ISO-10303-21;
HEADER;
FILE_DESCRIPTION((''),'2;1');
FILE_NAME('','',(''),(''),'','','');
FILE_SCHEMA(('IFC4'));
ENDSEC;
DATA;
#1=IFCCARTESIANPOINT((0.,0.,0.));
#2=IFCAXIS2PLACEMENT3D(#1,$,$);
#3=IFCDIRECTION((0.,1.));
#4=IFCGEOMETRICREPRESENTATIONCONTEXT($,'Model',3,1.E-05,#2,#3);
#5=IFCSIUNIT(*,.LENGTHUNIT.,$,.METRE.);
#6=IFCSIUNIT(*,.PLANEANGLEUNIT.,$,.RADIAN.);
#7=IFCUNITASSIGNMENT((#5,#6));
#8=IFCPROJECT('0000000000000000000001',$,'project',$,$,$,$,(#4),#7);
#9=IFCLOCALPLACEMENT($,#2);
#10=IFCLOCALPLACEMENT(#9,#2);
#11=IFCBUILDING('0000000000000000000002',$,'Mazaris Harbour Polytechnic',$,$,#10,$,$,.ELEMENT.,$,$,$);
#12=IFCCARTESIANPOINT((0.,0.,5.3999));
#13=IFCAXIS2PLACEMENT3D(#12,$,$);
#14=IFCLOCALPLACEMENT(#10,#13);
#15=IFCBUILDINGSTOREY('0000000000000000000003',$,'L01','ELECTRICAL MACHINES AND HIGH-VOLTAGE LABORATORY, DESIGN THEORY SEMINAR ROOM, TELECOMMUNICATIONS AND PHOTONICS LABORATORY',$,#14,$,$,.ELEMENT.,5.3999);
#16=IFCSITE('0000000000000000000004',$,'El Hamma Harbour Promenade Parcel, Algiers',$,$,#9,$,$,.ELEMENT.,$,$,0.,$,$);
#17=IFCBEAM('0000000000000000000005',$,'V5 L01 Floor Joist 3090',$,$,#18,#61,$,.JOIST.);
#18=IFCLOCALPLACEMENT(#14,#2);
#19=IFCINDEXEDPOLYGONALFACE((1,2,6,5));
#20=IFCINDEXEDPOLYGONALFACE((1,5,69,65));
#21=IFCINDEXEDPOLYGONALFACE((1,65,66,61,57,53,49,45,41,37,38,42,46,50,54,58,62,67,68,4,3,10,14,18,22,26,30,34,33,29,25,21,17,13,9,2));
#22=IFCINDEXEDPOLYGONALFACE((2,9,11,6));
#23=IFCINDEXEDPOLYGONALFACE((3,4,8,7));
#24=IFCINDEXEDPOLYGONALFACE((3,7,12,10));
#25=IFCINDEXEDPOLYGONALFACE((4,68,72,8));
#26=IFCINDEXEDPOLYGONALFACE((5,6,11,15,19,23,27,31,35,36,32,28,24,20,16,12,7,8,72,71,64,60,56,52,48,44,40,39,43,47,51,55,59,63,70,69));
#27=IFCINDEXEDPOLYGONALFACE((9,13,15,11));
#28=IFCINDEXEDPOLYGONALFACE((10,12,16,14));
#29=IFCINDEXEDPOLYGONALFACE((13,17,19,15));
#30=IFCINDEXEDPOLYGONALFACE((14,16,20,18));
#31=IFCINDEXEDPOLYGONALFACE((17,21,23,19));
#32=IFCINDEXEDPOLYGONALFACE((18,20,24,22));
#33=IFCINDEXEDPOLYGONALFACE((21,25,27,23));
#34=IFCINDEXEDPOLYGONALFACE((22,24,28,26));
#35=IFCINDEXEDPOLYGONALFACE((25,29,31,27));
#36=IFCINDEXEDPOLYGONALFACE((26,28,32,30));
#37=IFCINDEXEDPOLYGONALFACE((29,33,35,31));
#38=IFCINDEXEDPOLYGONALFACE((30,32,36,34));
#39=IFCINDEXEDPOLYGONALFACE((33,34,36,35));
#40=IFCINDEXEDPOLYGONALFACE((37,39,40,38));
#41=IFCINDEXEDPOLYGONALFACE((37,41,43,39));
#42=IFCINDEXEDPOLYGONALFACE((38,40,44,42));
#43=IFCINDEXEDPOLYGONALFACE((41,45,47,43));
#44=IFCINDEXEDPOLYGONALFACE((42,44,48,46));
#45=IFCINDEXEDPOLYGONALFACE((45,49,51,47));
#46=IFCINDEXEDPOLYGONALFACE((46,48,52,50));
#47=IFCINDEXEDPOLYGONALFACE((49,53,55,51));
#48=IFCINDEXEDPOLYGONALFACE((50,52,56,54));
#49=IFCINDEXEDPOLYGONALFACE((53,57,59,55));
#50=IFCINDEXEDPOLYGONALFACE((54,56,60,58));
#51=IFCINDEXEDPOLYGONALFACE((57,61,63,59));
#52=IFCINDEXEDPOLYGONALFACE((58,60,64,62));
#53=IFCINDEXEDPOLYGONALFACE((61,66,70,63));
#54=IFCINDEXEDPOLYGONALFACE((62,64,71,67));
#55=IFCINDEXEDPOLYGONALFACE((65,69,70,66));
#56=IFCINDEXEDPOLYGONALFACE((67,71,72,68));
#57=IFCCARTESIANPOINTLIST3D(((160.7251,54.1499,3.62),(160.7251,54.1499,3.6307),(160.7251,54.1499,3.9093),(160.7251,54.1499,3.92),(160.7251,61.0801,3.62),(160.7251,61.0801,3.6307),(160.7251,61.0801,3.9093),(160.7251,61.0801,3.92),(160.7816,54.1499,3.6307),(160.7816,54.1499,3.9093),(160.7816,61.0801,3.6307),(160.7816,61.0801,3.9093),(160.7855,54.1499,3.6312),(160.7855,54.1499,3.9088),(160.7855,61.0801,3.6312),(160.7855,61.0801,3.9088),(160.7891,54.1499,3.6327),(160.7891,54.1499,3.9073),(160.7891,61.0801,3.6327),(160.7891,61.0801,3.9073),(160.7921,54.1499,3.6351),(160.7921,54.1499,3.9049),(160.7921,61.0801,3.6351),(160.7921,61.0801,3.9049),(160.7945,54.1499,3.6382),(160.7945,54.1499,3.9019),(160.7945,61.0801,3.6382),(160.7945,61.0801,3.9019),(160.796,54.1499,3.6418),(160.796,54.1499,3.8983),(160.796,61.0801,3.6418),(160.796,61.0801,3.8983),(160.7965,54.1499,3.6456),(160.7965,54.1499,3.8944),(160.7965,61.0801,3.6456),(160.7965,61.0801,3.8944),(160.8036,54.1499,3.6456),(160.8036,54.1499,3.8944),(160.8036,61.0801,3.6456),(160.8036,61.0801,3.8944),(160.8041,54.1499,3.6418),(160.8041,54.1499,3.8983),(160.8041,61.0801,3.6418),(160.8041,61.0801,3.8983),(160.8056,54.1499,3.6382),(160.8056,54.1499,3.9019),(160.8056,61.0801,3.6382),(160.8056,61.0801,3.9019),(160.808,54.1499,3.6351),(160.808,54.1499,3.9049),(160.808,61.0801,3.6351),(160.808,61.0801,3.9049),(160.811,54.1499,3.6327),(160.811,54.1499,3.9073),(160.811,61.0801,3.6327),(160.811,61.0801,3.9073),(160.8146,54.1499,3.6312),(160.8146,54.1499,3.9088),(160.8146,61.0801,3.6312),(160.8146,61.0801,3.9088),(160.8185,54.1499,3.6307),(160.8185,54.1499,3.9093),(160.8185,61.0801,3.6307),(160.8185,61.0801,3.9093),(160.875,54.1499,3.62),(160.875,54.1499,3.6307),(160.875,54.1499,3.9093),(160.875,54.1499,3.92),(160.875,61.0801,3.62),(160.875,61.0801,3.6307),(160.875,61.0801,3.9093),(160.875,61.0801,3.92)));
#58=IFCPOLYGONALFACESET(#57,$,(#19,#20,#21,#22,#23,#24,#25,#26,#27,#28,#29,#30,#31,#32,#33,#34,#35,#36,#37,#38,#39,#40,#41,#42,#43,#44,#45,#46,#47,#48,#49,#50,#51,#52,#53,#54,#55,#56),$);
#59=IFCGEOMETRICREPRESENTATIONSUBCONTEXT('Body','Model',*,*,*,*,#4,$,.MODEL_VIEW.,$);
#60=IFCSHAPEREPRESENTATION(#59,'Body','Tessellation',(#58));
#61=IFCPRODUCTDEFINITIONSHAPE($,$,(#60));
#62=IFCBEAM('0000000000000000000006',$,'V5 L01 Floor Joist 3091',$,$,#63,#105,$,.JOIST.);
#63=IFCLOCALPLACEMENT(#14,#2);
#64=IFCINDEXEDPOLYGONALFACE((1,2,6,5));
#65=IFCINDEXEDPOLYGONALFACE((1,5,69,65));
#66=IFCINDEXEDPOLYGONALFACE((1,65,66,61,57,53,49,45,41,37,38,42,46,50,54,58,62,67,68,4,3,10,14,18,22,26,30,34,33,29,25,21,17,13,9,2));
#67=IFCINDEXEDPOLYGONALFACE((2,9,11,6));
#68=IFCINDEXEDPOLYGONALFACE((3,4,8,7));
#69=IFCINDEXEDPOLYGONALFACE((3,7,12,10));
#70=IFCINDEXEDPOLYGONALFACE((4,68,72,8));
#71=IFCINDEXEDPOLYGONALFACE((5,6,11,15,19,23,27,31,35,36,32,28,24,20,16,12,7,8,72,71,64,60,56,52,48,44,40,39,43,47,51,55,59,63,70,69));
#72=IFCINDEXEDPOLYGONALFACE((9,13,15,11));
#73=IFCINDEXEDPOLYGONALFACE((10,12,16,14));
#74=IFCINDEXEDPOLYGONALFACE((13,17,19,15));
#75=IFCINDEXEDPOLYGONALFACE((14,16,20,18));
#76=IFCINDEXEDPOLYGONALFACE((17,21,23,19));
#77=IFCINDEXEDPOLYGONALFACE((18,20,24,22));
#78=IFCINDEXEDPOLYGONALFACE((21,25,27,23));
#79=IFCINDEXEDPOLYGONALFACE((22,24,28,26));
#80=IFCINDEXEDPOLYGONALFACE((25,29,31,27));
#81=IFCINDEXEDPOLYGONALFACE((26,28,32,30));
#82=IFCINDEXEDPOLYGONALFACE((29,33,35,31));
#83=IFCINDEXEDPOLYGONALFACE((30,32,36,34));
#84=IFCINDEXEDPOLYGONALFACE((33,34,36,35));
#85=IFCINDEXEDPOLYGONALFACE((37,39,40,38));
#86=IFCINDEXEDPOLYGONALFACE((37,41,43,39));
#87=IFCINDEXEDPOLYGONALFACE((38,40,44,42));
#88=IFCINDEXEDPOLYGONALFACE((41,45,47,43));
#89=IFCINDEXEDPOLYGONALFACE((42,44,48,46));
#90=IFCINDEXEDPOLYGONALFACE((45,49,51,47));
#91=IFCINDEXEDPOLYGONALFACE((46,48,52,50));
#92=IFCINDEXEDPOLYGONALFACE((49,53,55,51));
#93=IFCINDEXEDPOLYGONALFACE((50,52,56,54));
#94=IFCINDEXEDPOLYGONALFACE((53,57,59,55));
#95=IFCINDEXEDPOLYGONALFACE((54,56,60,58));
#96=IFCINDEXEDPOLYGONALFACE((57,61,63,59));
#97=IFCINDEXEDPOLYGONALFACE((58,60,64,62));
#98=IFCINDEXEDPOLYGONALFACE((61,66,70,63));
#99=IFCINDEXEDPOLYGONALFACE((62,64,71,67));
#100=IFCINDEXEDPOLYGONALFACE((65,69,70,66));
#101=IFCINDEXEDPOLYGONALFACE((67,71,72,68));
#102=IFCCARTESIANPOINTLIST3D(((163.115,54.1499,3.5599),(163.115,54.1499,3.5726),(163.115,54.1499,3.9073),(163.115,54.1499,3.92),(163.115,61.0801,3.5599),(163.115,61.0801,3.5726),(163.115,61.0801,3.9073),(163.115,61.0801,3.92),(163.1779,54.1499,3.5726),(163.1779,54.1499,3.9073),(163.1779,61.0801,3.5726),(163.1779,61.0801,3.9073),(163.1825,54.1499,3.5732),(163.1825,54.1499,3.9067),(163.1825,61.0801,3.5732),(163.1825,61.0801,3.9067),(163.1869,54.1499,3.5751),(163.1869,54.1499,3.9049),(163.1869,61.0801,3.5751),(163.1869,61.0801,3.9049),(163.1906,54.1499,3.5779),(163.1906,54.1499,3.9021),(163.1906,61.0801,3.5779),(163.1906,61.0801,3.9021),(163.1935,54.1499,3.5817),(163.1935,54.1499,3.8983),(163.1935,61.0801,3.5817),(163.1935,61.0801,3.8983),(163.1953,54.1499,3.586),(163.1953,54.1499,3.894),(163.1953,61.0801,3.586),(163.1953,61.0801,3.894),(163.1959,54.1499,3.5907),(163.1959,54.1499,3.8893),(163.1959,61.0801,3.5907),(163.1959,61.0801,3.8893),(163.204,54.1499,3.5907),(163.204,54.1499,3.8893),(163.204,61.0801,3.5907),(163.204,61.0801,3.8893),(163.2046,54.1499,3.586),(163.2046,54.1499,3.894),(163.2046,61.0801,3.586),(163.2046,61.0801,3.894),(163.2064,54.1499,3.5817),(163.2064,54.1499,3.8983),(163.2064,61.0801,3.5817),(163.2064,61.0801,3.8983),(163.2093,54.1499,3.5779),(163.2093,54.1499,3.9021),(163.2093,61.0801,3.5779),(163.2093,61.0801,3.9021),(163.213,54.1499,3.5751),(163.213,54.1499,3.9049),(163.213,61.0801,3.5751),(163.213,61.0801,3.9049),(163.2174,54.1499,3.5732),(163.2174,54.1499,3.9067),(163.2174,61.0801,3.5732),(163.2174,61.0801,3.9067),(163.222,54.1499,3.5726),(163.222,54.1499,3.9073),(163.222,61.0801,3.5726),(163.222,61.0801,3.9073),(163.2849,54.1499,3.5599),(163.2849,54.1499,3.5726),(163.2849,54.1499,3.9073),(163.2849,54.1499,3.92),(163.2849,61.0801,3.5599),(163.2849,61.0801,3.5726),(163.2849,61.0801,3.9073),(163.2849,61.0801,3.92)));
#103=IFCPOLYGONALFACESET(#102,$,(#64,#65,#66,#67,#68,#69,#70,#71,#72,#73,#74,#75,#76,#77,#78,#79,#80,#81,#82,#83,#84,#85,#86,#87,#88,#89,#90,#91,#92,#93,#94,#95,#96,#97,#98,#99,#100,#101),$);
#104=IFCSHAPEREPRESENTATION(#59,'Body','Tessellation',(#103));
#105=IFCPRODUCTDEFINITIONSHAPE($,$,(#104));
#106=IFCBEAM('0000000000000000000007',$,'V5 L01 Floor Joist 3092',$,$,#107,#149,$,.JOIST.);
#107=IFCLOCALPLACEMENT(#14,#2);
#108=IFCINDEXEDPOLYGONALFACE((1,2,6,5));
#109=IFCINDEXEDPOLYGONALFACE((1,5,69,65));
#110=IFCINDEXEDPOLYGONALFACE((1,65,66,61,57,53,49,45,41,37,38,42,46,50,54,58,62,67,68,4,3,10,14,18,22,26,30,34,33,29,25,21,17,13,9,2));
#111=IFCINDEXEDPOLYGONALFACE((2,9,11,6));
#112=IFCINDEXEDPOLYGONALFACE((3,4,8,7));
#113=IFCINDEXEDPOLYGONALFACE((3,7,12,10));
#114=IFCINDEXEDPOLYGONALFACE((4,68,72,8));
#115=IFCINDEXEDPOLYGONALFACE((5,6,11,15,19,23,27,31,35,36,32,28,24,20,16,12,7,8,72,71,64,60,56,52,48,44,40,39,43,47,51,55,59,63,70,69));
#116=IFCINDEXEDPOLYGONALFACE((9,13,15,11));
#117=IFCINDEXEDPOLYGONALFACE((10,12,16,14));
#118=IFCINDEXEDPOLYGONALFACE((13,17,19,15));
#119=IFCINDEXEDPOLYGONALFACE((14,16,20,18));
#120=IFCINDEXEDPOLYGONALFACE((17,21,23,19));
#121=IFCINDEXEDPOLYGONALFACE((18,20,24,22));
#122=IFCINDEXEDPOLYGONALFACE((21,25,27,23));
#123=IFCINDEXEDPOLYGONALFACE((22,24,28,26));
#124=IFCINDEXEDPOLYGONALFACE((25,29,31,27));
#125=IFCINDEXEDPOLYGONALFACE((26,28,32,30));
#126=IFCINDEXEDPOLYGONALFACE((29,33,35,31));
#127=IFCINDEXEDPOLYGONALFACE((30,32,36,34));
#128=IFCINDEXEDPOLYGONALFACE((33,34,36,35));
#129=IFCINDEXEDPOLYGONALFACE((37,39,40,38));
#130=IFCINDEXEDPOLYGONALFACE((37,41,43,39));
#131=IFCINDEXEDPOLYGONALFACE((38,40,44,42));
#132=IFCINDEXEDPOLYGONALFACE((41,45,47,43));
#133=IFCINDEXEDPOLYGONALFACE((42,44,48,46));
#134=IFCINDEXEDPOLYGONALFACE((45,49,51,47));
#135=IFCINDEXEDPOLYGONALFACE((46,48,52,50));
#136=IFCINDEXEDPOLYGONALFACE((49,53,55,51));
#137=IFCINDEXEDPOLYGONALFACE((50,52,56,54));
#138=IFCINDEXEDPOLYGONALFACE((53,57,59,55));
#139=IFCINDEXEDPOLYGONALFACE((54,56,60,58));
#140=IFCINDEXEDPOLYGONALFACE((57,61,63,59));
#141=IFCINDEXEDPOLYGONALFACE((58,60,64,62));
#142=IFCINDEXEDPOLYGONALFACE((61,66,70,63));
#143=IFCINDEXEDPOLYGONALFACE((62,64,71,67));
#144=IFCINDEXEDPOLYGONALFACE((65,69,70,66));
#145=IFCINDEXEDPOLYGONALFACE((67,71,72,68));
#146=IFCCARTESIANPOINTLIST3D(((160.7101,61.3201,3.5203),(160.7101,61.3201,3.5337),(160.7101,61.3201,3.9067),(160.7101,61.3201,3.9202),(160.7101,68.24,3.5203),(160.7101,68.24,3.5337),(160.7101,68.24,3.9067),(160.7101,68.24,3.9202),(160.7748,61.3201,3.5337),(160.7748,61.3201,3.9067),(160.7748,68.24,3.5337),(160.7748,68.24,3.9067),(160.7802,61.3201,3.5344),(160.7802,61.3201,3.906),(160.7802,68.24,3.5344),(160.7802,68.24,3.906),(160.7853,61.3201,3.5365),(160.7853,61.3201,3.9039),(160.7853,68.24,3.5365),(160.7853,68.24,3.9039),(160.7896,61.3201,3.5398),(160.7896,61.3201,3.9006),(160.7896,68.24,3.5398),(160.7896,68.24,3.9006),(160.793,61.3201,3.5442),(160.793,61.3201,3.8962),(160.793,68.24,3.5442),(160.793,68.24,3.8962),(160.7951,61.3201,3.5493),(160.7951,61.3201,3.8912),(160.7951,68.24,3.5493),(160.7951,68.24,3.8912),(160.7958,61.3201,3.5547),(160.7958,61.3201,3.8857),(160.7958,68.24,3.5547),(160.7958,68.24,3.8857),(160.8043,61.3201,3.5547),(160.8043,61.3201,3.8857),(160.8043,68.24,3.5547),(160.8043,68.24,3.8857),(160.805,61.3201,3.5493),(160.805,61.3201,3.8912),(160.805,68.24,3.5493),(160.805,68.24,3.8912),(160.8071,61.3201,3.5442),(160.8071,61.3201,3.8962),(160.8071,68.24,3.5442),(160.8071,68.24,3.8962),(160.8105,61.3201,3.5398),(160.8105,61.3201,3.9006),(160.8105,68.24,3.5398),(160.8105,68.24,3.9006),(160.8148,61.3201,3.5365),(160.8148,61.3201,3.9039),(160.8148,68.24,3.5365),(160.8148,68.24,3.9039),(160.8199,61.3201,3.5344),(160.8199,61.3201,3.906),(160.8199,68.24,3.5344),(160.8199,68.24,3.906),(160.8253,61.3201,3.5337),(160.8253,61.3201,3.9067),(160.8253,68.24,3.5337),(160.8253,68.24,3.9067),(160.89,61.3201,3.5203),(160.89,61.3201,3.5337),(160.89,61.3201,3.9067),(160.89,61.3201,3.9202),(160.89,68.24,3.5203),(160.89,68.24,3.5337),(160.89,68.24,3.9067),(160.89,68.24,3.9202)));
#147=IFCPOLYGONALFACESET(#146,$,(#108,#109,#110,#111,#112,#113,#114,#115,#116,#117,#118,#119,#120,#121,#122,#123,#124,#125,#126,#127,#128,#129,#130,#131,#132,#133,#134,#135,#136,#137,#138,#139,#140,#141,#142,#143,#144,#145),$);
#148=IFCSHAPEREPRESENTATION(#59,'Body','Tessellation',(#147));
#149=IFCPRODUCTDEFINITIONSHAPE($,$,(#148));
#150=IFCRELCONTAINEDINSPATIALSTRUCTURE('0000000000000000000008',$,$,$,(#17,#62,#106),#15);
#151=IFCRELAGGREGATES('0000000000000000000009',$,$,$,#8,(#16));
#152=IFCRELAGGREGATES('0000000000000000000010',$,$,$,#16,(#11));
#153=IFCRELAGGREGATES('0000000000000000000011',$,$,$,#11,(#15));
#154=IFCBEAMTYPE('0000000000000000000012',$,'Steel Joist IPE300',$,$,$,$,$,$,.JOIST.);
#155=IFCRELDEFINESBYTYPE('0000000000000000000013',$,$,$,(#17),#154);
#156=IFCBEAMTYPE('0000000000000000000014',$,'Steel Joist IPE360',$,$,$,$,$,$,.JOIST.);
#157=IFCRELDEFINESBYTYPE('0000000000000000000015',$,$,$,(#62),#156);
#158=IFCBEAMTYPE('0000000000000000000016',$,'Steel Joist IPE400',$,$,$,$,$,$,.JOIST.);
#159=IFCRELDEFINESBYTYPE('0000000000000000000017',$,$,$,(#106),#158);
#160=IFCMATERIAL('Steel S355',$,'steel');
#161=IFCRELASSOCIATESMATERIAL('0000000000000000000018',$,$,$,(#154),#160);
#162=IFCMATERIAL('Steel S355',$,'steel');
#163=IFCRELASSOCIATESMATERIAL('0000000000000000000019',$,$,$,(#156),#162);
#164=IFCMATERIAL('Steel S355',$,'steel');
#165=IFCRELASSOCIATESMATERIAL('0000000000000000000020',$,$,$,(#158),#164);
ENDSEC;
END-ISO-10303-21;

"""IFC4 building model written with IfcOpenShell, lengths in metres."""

from ifc_helpers import new_model, si_unit, direction, frame, origin, origin_2d, place, context, subcontext, project, spatial, i_section, extrude, material, material_profile, profile_set, type_object, element, save


model = new_model("IFC4")

# Units and contexts
model_context = context("Model", 3, precision=1e-05, world=origin(), true_north=direction((0.0, 1.0)))
body_context = subcontext(model_context, "Body", "Model", "MODEL_VIEW")
ifc_project = project(units=[si_unit("LENGTHUNIT", "METRE"), si_unit("PLANEANGLEUNIT", "RADIAN")], contexts=[model_context])

# Site, building, storey
site_placement = place(None, origin())
site = spatial("IfcSite", under=ifc_project, at=site_placement, Name="El Hamma Harbour Promenade Parcel, Algiers", CompositionType="ELEMENT", RefElevation=0.0)
building_placement = place(site_placement, origin())
building = spatial("IfcBuilding", under=site, at=building_placement, Name="Mazaris Harbour Polytechnic", CompositionType="ELEMENT")
storey_placement = place(building_placement, frame((0.0, 0.0, 5.3999)))
storey = spatial("IfcBuildingStorey", under=building, at=storey_placement, Name="L01", Description="ELECTRICAL MACHINES AND HIGH-VOLTAGE LABORATORY, DESIGN THEORY SEMINAR ROOM, TELECOMMUNICATIONS AND PHOTONICS LABORATORY", CompositionType="ELEMENT", Elevation=5.3999)

# Beams
ifc_material_1 = material(Name="Steel S355", Category="steel")
ifc_material_profile_1 = material_profile(ifc_material_1, i_section(OverallWidth=0.1499, OverallDepth=0.3, WebThickness=0.0071, FlangeThickness=0.0107, FilletRadius=0.0149, at=origin_2d()), Name="IPE 300")
ifc_profile_set_1 = profile_set([ifc_material_profile_1], Name="Steel S355")
beam_type_1 = type_object("IfcBeamType", Name="Steel Joist IPE300", PredefinedType="JOIST", material=ifc_profile_set_1)
beam_1_placement = place(storey_placement, frame((160.8, 54.1499, 3.77), z_axis=(0.0, 1.0, 0.0), x_axis=(-1.0, 0.0, 0.0)))
element("IfcBeam", 1, at=beam_1_placement, inside=storey, type_object=beam_type_1, Name="V5 L01 Floor Joist 3090", PredefinedType="JOIST", context=body_context, shape_type="SweptSolid", body=[
    extrude(i_section(OverallWidth=0.1499, OverallDepth=0.3, WebThickness=0.0071, FlangeThickness=0.0107, FilletRadius=0.0149, at=origin_2d()), origin(), (0.0, 0.0, 1.0), 6.9302),
])
ifc_material_2 = material(Name="Steel S355", Category="steel")
ifc_material_profile_2 = material_profile(ifc_material_2, i_section(OverallWidth=0.1699, OverallDepth=0.3601, WebThickness=0.0081, FlangeThickness=0.0127, FilletRadius=0.0181, at=origin_2d()), Name="IPE 360")
ifc_profile_set_2 = profile_set([ifc_material_profile_2], Name="Steel S355")
beam_type_2 = type_object("IfcBeamType", Name="Steel Joist IPE360", PredefinedType="JOIST", material=ifc_profile_set_2)
beam_2_placement = place(storey_placement, frame((163.2, 54.1499, 3.74), z_axis=(0.0, 1.0, 0.0), x_axis=(-1.0, 0.0, 0.0)))
element("IfcBeam", 2, at=beam_2_placement, inside=storey, type_object=beam_type_2, Name="V5 L01 Floor Joist 3091", PredefinedType="JOIST", context=body_context, shape_type="SweptSolid", body=[
    extrude(i_section(OverallWidth=0.1699, OverallDepth=0.3601, WebThickness=0.0081, FlangeThickness=0.0127, FilletRadius=0.0181, at=origin_2d()), origin(), (0.0, 0.0, 1.0), 6.9302),
])
ifc_material_3 = material(Name="Steel S355", Category="steel")
ifc_material_profile_3 = material_profile(ifc_material_3, i_section(OverallWidth=0.1799, OverallDepth=0.3999, WebThickness=0.0085, FlangeThickness=0.0134, FilletRadius=0.021, at=origin_2d()), Name="IPE 400")
ifc_profile_set_3 = profile_set([ifc_material_profile_3], Name="Steel S355")
beam_type_3 = type_object("IfcBeamType", Name="Steel Joist IPE400", PredefinedType="JOIST", material=ifc_profile_set_3)
beam_3_placement = place(storey_placement, frame((160.8, 61.3201, 3.7202), z_axis=(0.0, 1.0, 0.0), x_axis=(-1.0, 0.0, 0.0)))
element("IfcBeam", 3, at=beam_3_placement, inside=storey, type_object=beam_type_3, Name="V5 L01 Floor Joist 3092", PredefinedType="JOIST", context=body_context, shape_type="SweptSolid", body=[
    extrude(i_section(OverallWidth=0.1799, OverallDepth=0.3999, WebThickness=0.0085, FlangeThickness=0.0134, FilletRadius=0.021, at=origin_2d()), origin(), (0.0, 0.0, 1.0), 6.9199),
])

save(model, "model.ifc")
